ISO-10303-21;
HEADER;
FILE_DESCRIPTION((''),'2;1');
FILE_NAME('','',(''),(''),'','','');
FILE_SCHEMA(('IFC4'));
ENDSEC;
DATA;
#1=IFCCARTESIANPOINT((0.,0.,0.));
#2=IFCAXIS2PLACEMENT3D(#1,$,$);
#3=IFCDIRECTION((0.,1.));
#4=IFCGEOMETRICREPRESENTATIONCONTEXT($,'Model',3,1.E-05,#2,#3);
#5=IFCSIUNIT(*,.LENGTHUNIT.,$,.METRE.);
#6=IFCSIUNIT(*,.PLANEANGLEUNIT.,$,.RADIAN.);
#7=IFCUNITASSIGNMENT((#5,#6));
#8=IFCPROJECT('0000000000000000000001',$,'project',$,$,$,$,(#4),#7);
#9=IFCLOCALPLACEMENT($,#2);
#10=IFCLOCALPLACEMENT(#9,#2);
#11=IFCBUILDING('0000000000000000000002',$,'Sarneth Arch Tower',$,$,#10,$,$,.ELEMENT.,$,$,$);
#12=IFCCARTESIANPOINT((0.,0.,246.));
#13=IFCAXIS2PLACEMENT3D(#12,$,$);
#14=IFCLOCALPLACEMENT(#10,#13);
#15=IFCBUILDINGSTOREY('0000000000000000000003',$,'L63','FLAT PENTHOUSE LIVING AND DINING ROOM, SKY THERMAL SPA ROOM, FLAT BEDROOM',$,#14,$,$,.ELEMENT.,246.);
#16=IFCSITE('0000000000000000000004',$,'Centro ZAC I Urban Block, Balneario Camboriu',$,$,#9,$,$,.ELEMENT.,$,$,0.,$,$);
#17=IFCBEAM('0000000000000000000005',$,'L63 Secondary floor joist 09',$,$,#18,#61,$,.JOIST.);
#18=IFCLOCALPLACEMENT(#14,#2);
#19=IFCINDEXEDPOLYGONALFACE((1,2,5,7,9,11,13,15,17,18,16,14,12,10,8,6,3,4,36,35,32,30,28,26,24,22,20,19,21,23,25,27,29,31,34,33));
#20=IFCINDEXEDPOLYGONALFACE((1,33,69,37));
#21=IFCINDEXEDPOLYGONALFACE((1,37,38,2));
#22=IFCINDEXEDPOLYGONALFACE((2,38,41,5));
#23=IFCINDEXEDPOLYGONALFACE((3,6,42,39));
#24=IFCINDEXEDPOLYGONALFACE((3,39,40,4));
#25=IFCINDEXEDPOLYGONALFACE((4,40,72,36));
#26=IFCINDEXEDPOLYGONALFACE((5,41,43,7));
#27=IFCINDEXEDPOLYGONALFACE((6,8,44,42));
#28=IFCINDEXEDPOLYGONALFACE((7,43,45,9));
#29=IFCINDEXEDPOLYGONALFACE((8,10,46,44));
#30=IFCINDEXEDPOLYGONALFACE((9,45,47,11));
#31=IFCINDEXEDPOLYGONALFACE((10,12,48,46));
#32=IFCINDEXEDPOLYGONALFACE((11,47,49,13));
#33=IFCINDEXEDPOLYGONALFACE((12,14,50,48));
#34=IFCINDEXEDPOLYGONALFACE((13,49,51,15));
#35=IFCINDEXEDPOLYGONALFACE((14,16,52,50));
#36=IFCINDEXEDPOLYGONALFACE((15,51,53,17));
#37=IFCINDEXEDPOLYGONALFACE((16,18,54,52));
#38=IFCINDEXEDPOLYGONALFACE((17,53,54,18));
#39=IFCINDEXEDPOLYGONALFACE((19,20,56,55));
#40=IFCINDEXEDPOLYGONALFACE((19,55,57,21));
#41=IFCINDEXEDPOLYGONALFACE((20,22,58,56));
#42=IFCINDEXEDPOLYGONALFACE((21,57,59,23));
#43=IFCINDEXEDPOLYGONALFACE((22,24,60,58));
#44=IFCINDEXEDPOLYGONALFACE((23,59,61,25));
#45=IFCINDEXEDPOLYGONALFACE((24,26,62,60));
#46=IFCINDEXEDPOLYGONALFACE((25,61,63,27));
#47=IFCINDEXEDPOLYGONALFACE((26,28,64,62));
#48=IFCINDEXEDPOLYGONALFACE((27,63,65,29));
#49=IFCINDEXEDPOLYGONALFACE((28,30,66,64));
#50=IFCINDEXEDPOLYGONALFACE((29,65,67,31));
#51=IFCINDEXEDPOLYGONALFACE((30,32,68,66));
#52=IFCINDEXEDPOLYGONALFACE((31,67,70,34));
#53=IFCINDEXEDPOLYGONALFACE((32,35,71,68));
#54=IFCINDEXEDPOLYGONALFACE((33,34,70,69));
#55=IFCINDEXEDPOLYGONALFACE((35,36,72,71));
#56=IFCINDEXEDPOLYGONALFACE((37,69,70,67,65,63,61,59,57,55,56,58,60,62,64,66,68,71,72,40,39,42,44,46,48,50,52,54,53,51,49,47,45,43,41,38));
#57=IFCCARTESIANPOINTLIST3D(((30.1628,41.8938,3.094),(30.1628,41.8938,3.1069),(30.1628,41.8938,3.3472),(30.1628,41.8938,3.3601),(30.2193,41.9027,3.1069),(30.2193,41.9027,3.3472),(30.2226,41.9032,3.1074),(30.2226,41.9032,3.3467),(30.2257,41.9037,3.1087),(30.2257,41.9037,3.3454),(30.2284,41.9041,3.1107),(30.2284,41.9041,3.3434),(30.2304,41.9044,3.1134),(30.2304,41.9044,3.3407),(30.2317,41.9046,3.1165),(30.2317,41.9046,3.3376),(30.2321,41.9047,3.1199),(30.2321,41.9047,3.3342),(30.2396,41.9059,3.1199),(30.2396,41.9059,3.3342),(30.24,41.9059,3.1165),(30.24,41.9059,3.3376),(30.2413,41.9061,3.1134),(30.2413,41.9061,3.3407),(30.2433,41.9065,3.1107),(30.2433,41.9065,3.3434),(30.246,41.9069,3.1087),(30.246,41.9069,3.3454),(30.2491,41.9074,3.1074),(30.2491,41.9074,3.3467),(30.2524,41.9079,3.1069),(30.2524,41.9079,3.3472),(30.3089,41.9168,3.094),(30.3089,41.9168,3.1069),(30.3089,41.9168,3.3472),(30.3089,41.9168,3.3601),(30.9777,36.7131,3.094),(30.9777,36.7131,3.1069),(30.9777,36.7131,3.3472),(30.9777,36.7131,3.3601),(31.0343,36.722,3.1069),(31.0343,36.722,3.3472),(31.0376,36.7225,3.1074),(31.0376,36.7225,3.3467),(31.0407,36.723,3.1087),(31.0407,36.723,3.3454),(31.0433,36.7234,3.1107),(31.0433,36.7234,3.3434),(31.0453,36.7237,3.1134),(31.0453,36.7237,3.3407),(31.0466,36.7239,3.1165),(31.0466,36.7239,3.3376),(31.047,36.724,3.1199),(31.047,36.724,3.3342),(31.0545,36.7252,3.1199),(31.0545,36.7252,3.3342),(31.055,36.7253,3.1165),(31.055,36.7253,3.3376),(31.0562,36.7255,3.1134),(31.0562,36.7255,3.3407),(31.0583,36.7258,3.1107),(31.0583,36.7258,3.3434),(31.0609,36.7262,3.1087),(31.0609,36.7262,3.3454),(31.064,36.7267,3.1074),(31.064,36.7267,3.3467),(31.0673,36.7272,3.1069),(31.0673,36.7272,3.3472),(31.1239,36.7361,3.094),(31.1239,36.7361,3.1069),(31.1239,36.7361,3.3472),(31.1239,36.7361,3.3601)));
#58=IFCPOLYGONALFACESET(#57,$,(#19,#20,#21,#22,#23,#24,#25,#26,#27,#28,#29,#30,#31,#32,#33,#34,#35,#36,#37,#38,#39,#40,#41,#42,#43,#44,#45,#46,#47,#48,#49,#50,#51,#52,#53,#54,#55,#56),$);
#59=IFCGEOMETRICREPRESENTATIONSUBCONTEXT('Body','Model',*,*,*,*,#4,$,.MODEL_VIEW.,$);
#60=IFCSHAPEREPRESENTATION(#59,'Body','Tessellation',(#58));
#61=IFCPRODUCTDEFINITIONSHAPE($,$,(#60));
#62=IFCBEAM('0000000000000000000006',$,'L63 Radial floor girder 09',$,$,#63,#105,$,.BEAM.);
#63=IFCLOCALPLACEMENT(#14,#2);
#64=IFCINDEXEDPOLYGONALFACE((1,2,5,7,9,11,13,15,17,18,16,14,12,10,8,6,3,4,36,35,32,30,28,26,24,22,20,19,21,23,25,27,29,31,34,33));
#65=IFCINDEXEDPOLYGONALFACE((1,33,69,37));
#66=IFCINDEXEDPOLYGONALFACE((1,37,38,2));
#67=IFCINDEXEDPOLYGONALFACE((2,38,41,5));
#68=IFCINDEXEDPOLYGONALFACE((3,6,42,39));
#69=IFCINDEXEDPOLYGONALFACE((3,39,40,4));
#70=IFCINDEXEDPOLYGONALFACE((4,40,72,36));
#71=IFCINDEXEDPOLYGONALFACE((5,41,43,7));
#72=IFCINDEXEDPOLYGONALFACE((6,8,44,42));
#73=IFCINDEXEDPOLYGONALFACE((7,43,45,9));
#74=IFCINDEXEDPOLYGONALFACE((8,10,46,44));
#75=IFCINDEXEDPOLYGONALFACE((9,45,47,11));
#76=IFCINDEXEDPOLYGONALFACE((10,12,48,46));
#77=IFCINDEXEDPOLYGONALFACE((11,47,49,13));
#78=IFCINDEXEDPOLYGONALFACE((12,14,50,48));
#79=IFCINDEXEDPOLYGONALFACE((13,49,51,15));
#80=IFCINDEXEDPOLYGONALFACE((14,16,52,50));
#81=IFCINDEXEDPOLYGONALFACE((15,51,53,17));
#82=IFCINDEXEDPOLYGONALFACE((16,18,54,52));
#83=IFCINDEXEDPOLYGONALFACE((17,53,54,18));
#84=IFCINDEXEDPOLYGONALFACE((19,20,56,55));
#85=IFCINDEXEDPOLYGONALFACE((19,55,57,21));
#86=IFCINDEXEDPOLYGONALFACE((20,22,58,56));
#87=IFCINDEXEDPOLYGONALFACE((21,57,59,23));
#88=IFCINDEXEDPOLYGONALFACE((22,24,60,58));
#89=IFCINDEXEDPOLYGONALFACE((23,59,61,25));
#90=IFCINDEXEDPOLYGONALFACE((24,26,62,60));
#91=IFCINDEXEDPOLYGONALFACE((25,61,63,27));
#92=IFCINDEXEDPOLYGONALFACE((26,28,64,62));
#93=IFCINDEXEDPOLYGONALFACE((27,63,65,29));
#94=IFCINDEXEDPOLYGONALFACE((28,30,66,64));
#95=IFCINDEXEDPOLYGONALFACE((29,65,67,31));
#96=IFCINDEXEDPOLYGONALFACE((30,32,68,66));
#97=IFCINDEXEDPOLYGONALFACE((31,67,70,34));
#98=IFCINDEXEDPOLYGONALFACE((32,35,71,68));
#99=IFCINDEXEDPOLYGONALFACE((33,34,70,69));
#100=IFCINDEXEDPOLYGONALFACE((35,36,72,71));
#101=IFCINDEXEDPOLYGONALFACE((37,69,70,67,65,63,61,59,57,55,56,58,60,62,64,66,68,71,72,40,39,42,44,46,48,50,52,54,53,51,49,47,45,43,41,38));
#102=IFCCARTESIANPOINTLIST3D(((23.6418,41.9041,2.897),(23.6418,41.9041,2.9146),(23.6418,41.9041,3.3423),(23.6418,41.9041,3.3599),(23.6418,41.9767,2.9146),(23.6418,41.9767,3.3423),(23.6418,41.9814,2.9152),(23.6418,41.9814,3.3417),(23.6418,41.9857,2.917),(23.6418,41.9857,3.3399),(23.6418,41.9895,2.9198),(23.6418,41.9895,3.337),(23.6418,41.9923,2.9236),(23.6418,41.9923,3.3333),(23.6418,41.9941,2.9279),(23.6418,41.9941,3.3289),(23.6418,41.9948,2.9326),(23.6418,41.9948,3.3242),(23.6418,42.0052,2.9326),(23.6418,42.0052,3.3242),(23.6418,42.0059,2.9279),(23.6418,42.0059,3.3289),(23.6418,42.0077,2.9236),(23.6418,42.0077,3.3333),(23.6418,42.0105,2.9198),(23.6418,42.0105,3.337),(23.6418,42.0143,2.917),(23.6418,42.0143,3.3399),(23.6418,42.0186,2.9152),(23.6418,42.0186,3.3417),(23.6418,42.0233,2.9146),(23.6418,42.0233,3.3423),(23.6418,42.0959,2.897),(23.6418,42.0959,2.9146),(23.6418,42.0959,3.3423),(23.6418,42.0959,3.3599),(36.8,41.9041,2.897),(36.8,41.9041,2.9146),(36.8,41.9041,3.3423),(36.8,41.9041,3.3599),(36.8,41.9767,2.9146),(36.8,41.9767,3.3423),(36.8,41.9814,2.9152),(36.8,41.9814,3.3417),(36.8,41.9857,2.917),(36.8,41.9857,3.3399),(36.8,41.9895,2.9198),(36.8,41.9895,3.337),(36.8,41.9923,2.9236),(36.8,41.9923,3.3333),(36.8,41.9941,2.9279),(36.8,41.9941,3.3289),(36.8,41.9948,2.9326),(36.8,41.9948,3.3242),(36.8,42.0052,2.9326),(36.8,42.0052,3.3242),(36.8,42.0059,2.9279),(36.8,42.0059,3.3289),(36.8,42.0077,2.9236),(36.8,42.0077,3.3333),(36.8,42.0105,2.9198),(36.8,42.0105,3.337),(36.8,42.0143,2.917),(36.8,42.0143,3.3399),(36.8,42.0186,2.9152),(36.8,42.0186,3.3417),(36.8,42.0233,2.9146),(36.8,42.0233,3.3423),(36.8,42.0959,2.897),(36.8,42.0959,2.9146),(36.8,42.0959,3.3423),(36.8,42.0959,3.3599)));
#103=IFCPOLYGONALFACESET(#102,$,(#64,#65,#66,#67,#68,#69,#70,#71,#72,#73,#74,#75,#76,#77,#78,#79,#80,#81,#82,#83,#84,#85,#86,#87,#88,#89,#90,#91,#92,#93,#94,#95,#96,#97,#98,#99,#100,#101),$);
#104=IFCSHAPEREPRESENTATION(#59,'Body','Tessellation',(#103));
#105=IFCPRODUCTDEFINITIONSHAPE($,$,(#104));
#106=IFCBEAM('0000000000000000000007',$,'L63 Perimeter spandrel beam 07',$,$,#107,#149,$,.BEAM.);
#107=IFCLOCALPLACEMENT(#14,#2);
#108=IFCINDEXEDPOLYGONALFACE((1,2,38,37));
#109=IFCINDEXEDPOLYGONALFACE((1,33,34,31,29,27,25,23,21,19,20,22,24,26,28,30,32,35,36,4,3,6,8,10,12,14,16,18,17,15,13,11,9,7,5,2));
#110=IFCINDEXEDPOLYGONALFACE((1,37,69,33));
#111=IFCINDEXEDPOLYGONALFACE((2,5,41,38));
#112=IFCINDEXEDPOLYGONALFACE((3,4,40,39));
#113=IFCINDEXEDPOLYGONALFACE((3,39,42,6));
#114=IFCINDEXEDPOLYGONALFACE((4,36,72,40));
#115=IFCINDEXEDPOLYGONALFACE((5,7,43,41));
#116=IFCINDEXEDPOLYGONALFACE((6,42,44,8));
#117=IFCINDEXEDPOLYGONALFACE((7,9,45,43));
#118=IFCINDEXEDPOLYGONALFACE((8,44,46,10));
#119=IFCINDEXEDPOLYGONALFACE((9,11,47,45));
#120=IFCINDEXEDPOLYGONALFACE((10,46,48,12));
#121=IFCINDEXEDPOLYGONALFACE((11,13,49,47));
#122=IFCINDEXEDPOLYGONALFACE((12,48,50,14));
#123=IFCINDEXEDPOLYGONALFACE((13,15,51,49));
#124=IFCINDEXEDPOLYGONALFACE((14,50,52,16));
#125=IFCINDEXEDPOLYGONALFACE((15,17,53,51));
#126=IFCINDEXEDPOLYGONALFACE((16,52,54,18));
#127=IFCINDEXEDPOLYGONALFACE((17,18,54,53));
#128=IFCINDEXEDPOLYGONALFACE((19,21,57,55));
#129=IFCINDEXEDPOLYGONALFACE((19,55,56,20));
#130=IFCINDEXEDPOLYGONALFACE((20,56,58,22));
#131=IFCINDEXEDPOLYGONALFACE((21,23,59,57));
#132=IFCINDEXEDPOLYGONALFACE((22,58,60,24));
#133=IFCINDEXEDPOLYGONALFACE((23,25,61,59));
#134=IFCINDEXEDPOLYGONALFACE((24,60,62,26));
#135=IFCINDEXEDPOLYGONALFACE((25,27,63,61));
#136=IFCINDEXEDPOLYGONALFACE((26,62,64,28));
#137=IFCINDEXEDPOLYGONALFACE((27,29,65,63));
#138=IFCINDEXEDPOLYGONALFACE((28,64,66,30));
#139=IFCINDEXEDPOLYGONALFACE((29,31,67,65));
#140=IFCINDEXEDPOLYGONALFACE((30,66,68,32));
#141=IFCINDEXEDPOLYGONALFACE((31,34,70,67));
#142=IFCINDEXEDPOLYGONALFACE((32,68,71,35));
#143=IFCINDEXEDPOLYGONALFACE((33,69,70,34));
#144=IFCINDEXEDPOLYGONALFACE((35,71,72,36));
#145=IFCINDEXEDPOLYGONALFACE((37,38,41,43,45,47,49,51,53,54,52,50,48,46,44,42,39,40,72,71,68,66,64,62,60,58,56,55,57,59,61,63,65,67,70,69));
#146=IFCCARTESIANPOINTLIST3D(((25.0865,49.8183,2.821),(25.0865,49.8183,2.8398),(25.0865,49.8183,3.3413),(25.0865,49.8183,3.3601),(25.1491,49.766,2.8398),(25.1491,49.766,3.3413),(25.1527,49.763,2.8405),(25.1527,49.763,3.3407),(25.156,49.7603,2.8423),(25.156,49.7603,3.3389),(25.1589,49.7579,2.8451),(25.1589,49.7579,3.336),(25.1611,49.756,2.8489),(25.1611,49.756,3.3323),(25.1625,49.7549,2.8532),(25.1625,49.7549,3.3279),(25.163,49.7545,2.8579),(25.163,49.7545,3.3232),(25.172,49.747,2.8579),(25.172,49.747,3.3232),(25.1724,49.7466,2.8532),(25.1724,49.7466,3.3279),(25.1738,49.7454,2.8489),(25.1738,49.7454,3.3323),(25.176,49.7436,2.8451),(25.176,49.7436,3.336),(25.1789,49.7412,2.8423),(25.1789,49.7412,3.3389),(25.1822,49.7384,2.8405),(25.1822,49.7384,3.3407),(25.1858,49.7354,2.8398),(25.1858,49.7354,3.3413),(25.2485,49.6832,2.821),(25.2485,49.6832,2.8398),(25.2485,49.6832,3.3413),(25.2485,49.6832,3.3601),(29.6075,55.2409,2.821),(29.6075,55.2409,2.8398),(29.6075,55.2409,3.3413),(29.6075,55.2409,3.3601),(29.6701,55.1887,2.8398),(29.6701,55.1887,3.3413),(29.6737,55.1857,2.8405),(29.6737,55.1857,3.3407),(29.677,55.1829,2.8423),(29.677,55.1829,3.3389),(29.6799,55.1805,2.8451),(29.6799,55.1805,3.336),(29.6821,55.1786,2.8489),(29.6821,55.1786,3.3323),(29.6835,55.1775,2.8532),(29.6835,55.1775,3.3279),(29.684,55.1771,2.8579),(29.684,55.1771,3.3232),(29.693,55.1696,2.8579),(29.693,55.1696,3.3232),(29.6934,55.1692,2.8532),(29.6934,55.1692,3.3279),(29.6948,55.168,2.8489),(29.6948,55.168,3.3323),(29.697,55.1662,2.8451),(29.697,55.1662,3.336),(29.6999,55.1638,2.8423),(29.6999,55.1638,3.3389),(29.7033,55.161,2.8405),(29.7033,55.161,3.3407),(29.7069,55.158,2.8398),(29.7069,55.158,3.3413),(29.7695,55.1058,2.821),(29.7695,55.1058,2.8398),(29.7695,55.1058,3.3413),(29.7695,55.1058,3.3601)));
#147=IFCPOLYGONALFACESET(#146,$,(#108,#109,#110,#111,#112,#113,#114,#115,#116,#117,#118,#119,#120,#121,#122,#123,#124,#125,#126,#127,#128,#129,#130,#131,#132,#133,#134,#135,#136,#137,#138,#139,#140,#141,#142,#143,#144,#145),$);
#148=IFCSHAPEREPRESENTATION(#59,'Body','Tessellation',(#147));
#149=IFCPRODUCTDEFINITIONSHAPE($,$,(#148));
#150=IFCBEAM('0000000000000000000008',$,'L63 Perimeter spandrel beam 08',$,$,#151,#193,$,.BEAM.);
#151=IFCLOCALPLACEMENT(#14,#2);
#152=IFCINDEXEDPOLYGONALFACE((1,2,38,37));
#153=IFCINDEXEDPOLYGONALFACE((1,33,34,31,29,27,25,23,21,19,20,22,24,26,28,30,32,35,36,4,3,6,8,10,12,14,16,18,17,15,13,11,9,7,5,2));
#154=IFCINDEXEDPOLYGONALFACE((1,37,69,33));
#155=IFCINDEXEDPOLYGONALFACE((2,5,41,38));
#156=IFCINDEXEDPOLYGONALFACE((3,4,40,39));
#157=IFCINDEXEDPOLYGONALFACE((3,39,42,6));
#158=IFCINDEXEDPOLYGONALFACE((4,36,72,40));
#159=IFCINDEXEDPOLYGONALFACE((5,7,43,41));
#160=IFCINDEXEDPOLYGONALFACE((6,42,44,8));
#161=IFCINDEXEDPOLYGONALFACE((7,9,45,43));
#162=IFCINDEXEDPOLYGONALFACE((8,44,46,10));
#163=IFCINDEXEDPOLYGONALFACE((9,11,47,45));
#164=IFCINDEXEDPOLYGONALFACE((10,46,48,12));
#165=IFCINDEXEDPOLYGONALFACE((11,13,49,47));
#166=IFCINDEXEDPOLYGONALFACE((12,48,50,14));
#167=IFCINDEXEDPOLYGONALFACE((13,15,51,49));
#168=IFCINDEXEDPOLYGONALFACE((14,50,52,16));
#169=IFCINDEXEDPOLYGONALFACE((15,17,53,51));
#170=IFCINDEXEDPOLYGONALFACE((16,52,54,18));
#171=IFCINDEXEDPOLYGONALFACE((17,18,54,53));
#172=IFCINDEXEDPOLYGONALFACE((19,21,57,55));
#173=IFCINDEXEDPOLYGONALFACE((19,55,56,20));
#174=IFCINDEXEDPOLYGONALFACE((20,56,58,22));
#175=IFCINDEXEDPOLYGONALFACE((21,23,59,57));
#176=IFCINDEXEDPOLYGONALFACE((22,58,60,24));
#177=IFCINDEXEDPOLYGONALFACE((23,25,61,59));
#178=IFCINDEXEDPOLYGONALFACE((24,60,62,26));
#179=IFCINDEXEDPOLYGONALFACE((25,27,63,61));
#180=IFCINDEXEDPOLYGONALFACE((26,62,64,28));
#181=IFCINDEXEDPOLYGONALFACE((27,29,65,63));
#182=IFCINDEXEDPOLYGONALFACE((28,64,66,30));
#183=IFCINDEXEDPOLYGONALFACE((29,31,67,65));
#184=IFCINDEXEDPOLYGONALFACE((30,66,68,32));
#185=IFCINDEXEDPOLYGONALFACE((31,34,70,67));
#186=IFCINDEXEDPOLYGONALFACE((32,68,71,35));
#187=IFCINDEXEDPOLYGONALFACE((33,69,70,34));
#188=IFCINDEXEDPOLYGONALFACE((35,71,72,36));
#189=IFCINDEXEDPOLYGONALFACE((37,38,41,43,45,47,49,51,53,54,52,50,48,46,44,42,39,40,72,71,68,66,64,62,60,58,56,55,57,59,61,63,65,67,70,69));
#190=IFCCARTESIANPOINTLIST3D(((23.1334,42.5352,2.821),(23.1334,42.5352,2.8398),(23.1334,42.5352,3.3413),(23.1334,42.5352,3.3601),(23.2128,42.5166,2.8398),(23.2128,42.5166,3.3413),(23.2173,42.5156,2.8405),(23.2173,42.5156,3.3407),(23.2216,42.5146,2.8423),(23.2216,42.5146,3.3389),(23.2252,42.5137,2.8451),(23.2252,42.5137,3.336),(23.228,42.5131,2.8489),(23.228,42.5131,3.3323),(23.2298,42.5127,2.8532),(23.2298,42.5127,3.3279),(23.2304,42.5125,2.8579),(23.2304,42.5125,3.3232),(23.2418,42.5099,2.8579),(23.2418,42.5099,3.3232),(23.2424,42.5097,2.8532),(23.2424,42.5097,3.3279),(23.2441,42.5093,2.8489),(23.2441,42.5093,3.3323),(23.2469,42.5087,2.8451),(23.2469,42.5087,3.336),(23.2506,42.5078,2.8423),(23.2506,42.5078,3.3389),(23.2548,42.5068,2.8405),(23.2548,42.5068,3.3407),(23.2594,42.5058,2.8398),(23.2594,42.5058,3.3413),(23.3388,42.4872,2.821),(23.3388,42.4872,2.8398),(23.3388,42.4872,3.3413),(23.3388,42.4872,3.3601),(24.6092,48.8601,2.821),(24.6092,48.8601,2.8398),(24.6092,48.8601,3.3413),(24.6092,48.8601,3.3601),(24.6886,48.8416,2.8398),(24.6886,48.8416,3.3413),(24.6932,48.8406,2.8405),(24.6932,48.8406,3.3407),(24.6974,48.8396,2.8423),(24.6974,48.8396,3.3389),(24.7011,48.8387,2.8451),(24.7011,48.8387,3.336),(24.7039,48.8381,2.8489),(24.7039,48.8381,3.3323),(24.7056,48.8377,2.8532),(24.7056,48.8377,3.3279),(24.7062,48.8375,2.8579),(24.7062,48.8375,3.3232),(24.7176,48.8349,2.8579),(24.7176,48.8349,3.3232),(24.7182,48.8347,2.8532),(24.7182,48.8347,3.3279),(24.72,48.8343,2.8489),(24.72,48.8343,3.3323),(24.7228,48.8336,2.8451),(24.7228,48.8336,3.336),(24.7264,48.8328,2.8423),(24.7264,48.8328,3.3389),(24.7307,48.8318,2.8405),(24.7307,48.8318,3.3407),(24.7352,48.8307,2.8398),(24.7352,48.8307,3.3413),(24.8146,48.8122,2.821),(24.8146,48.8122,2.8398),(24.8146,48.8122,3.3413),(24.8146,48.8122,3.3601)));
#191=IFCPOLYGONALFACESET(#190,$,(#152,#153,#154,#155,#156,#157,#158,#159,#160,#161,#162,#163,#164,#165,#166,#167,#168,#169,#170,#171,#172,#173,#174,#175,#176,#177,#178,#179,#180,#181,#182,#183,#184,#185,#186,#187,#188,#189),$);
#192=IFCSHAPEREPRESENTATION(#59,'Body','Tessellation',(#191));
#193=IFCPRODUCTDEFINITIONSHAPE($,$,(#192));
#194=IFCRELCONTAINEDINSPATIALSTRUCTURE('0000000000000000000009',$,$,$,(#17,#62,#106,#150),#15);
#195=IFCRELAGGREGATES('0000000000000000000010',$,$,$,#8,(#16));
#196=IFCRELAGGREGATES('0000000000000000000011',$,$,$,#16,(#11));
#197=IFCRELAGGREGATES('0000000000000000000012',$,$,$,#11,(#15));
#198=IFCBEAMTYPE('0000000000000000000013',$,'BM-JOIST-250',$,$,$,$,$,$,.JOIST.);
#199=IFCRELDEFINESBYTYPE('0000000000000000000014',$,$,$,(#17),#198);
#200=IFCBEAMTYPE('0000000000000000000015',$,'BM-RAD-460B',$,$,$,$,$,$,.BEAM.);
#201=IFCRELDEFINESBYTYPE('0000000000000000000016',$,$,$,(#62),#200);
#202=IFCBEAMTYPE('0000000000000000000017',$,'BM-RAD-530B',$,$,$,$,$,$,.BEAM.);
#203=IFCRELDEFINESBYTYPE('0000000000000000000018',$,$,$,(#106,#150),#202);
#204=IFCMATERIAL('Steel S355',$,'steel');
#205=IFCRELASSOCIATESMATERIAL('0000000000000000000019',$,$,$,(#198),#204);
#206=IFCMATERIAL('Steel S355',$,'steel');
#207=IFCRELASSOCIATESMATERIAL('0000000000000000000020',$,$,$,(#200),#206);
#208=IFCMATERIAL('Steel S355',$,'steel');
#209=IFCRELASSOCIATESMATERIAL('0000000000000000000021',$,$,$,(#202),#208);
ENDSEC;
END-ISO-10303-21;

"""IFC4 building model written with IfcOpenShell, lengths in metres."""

from ifc_helpers import new_model, si_unit, direction, frame, origin, origin_2d, place, context, subcontext, project, spatial, i_section, extrude, material, material_profile, profile_set, type_object, element, save


model = new_model("IFC4")

# Units and contexts
model_context = context("Model", 3, precision=1e-05, world=origin(), true_north=direction((0.0, 1.0)))
body_context = subcontext(model_context, "Body", "Model", "MODEL_VIEW")
ifc_project = project(units=[si_unit("LENGTHUNIT", "METRE"), si_unit("PLANEANGLEUNIT", "RADIAN")], contexts=[model_context])

# Site, building, storey
site_placement = place(None, origin())
site = spatial("IfcSite", under=ifc_project, at=site_placement, Name="Centro ZAC I Urban Block, Balneario Camboriu", CompositionType="ELEMENT", RefElevation=0.0)
building_placement = place(site_placement, origin())
building = spatial("IfcBuilding", under=site, at=building_placement, Name="Sarneth Arch Tower", CompositionType="ELEMENT")
storey_placement = place(building_placement, frame((0.0, 0.0, 246.0)))
storey = spatial("IfcBuildingStorey", under=building, at=storey_placement, Name="L63", Description="FLAT PENTHOUSE LIVING AND DINING ROOM, SKY THERMAL SPA ROOM, FLAT BEDROOM", CompositionType="ELEMENT", Elevation=246.0)

# Beams
ifc_material_1 = material(Name="Steel S355", Category="steel")
ifc_material_profile_1 = material_profile(ifc_material_1, i_section(OverallWidth=0.1479, OverallDepth=0.2661, WebThickness=0.0076, FlangeThickness=0.0129, FilletRadius=0.0129, at=origin_2d()), Name="W250x44.8")
ifc_profile_set_1 = profile_set([ifc_material_profile_1], Name="Steel S355")
beam_type_1 = type_object("IfcBeamType", Name="BM-JOIST-250", PredefinedType="JOIST", material=ifc_profile_set_1)
for number, where, z_axis, x_axis, name in (
    (1, (30.2358, 41.9053, 3.2271), (0.155394, -0.987853, 0.0), (0.987853, 0.155394, 0.0), "L63 Secondary floor joist 09"),
):
    element("IfcBeam", number, at=place(storey_placement, frame(where, z_axis=z_axis, x_axis=x_axis)), inside=storey, type_object=beam_type_1, Name=name, PredefinedType="JOIST", context=body_context, shape_type="SweptSolid", body=[
        extrude(i_section(OverallWidth=0.1479, OverallDepth=0.2661, WebThickness=0.0076, FlangeThickness=0.0129, FilletRadius=0.0129, at=origin_2d()), origin(), (0.0, 0.0, 1.0), 5.2444),
    ])
ifc_material_2 = material(Name="Steel S355", Category="steel")
ifc_material_profile_2 = material_profile(ifc_material_2, i_section(OverallWidth=0.1919, OverallDepth=0.4629, WebThickness=0.0105, FlangeThickness=0.0176, FilletRadius=0.0181, at=origin_2d()), Name="W460x89")
ifc_profile_set_2 = profile_set([ifc_material_profile_2], Name="Steel S355")
beam_type_2 = type_object("IfcBeamType", Name="BM-RAD-460B", PredefinedType="BEAM", material=ifc_profile_set_2)
beam_1_placement = place(storey_placement, frame((36.8, 42.0, 3.1284), z_axis=(-1.0, 0.0, 0.0), x_axis=(0.0, -1.0, 0.0)))
element("IfcBeam", 2, at=beam_1_placement, inside=storey, type_object=beam_type_2, Name="L63 Radial floor girder 09", PredefinedType="BEAM", context=body_context, shape_type="SweptSolid", body=[
    extrude(i_section(OverallWidth=0.1919, OverallDepth=0.4629, WebThickness=0.0105, FlangeThickness=0.0176, FilletRadius=0.0181, at=origin_2d()), origin(), (0.0, 0.0, 1.0), 13.1582),
])
ifc_material_3 = material(Name="Steel S355", Category="steel")
ifc_material_profile_3 = material_profile(ifc_material_3, i_section(OverallWidth=0.2109, OverallDepth=0.5391, WebThickness=0.0117, FlangeThickness=0.0188, FilletRadius=0.0181, at=origin_2d()), Name="W530x109")
ifc_profile_set_3 = profile_set([ifc_material_profile_3], Name="Steel S355")
beam_type_3 = type_object("IfcBeamType", Name="BM-RAD-530B", PredefinedType="BEAM", material=ifc_profile_set_3)
beam_2_placement = place(storey_placement, frame((29.6885, 55.1733, 3.0906), z_axis=(-0.640365, -0.768071, 0.0), x_axis=(0.768071, -0.640365, 0.0)))
element("IfcBeam", 3, at=beam_2_placement, inside=storey, type_object=beam_type_3, Name="L63 Perimeter spandrel beam 07", PredefinedType="BEAM", context=body_context, shape_type="SweptSolid", body=[
    extrude(i_section(OverallWidth=0.2109, OverallDepth=0.5391, WebThickness=0.0117, FlangeThickness=0.0188, FilletRadius=0.0181, at=origin_2d()), origin(), (0.0, 0.0, 1.0), 7.0601),
])
for number, where, z_axis, x_axis, name in (
    (4, (24.7119, 48.8362, 3.0906), (-0.227231, -0.973841, 0.0), (0.973841, -0.227231, 0.0), "L63 Perimeter spandrel beam 08"),
):
    element("IfcBeam", number, at=place(storey_placement, frame(where, z_axis=z_axis, x_axis=x_axis)), inside=storey, type_object=beam_type_3, Name=name, PredefinedType="BEAM", context=body_context, shape_type="SweptSolid", body=[
        extrude(i_section(OverallWidth=0.2109, OverallDepth=0.5391, WebThickness=0.0117, FlangeThickness=0.0188, FilletRadius=0.0181, at=origin_2d()), origin(), (0.0, 0.0, 1.0), 6.4949),
    ])

save(model, "model.ifc")
